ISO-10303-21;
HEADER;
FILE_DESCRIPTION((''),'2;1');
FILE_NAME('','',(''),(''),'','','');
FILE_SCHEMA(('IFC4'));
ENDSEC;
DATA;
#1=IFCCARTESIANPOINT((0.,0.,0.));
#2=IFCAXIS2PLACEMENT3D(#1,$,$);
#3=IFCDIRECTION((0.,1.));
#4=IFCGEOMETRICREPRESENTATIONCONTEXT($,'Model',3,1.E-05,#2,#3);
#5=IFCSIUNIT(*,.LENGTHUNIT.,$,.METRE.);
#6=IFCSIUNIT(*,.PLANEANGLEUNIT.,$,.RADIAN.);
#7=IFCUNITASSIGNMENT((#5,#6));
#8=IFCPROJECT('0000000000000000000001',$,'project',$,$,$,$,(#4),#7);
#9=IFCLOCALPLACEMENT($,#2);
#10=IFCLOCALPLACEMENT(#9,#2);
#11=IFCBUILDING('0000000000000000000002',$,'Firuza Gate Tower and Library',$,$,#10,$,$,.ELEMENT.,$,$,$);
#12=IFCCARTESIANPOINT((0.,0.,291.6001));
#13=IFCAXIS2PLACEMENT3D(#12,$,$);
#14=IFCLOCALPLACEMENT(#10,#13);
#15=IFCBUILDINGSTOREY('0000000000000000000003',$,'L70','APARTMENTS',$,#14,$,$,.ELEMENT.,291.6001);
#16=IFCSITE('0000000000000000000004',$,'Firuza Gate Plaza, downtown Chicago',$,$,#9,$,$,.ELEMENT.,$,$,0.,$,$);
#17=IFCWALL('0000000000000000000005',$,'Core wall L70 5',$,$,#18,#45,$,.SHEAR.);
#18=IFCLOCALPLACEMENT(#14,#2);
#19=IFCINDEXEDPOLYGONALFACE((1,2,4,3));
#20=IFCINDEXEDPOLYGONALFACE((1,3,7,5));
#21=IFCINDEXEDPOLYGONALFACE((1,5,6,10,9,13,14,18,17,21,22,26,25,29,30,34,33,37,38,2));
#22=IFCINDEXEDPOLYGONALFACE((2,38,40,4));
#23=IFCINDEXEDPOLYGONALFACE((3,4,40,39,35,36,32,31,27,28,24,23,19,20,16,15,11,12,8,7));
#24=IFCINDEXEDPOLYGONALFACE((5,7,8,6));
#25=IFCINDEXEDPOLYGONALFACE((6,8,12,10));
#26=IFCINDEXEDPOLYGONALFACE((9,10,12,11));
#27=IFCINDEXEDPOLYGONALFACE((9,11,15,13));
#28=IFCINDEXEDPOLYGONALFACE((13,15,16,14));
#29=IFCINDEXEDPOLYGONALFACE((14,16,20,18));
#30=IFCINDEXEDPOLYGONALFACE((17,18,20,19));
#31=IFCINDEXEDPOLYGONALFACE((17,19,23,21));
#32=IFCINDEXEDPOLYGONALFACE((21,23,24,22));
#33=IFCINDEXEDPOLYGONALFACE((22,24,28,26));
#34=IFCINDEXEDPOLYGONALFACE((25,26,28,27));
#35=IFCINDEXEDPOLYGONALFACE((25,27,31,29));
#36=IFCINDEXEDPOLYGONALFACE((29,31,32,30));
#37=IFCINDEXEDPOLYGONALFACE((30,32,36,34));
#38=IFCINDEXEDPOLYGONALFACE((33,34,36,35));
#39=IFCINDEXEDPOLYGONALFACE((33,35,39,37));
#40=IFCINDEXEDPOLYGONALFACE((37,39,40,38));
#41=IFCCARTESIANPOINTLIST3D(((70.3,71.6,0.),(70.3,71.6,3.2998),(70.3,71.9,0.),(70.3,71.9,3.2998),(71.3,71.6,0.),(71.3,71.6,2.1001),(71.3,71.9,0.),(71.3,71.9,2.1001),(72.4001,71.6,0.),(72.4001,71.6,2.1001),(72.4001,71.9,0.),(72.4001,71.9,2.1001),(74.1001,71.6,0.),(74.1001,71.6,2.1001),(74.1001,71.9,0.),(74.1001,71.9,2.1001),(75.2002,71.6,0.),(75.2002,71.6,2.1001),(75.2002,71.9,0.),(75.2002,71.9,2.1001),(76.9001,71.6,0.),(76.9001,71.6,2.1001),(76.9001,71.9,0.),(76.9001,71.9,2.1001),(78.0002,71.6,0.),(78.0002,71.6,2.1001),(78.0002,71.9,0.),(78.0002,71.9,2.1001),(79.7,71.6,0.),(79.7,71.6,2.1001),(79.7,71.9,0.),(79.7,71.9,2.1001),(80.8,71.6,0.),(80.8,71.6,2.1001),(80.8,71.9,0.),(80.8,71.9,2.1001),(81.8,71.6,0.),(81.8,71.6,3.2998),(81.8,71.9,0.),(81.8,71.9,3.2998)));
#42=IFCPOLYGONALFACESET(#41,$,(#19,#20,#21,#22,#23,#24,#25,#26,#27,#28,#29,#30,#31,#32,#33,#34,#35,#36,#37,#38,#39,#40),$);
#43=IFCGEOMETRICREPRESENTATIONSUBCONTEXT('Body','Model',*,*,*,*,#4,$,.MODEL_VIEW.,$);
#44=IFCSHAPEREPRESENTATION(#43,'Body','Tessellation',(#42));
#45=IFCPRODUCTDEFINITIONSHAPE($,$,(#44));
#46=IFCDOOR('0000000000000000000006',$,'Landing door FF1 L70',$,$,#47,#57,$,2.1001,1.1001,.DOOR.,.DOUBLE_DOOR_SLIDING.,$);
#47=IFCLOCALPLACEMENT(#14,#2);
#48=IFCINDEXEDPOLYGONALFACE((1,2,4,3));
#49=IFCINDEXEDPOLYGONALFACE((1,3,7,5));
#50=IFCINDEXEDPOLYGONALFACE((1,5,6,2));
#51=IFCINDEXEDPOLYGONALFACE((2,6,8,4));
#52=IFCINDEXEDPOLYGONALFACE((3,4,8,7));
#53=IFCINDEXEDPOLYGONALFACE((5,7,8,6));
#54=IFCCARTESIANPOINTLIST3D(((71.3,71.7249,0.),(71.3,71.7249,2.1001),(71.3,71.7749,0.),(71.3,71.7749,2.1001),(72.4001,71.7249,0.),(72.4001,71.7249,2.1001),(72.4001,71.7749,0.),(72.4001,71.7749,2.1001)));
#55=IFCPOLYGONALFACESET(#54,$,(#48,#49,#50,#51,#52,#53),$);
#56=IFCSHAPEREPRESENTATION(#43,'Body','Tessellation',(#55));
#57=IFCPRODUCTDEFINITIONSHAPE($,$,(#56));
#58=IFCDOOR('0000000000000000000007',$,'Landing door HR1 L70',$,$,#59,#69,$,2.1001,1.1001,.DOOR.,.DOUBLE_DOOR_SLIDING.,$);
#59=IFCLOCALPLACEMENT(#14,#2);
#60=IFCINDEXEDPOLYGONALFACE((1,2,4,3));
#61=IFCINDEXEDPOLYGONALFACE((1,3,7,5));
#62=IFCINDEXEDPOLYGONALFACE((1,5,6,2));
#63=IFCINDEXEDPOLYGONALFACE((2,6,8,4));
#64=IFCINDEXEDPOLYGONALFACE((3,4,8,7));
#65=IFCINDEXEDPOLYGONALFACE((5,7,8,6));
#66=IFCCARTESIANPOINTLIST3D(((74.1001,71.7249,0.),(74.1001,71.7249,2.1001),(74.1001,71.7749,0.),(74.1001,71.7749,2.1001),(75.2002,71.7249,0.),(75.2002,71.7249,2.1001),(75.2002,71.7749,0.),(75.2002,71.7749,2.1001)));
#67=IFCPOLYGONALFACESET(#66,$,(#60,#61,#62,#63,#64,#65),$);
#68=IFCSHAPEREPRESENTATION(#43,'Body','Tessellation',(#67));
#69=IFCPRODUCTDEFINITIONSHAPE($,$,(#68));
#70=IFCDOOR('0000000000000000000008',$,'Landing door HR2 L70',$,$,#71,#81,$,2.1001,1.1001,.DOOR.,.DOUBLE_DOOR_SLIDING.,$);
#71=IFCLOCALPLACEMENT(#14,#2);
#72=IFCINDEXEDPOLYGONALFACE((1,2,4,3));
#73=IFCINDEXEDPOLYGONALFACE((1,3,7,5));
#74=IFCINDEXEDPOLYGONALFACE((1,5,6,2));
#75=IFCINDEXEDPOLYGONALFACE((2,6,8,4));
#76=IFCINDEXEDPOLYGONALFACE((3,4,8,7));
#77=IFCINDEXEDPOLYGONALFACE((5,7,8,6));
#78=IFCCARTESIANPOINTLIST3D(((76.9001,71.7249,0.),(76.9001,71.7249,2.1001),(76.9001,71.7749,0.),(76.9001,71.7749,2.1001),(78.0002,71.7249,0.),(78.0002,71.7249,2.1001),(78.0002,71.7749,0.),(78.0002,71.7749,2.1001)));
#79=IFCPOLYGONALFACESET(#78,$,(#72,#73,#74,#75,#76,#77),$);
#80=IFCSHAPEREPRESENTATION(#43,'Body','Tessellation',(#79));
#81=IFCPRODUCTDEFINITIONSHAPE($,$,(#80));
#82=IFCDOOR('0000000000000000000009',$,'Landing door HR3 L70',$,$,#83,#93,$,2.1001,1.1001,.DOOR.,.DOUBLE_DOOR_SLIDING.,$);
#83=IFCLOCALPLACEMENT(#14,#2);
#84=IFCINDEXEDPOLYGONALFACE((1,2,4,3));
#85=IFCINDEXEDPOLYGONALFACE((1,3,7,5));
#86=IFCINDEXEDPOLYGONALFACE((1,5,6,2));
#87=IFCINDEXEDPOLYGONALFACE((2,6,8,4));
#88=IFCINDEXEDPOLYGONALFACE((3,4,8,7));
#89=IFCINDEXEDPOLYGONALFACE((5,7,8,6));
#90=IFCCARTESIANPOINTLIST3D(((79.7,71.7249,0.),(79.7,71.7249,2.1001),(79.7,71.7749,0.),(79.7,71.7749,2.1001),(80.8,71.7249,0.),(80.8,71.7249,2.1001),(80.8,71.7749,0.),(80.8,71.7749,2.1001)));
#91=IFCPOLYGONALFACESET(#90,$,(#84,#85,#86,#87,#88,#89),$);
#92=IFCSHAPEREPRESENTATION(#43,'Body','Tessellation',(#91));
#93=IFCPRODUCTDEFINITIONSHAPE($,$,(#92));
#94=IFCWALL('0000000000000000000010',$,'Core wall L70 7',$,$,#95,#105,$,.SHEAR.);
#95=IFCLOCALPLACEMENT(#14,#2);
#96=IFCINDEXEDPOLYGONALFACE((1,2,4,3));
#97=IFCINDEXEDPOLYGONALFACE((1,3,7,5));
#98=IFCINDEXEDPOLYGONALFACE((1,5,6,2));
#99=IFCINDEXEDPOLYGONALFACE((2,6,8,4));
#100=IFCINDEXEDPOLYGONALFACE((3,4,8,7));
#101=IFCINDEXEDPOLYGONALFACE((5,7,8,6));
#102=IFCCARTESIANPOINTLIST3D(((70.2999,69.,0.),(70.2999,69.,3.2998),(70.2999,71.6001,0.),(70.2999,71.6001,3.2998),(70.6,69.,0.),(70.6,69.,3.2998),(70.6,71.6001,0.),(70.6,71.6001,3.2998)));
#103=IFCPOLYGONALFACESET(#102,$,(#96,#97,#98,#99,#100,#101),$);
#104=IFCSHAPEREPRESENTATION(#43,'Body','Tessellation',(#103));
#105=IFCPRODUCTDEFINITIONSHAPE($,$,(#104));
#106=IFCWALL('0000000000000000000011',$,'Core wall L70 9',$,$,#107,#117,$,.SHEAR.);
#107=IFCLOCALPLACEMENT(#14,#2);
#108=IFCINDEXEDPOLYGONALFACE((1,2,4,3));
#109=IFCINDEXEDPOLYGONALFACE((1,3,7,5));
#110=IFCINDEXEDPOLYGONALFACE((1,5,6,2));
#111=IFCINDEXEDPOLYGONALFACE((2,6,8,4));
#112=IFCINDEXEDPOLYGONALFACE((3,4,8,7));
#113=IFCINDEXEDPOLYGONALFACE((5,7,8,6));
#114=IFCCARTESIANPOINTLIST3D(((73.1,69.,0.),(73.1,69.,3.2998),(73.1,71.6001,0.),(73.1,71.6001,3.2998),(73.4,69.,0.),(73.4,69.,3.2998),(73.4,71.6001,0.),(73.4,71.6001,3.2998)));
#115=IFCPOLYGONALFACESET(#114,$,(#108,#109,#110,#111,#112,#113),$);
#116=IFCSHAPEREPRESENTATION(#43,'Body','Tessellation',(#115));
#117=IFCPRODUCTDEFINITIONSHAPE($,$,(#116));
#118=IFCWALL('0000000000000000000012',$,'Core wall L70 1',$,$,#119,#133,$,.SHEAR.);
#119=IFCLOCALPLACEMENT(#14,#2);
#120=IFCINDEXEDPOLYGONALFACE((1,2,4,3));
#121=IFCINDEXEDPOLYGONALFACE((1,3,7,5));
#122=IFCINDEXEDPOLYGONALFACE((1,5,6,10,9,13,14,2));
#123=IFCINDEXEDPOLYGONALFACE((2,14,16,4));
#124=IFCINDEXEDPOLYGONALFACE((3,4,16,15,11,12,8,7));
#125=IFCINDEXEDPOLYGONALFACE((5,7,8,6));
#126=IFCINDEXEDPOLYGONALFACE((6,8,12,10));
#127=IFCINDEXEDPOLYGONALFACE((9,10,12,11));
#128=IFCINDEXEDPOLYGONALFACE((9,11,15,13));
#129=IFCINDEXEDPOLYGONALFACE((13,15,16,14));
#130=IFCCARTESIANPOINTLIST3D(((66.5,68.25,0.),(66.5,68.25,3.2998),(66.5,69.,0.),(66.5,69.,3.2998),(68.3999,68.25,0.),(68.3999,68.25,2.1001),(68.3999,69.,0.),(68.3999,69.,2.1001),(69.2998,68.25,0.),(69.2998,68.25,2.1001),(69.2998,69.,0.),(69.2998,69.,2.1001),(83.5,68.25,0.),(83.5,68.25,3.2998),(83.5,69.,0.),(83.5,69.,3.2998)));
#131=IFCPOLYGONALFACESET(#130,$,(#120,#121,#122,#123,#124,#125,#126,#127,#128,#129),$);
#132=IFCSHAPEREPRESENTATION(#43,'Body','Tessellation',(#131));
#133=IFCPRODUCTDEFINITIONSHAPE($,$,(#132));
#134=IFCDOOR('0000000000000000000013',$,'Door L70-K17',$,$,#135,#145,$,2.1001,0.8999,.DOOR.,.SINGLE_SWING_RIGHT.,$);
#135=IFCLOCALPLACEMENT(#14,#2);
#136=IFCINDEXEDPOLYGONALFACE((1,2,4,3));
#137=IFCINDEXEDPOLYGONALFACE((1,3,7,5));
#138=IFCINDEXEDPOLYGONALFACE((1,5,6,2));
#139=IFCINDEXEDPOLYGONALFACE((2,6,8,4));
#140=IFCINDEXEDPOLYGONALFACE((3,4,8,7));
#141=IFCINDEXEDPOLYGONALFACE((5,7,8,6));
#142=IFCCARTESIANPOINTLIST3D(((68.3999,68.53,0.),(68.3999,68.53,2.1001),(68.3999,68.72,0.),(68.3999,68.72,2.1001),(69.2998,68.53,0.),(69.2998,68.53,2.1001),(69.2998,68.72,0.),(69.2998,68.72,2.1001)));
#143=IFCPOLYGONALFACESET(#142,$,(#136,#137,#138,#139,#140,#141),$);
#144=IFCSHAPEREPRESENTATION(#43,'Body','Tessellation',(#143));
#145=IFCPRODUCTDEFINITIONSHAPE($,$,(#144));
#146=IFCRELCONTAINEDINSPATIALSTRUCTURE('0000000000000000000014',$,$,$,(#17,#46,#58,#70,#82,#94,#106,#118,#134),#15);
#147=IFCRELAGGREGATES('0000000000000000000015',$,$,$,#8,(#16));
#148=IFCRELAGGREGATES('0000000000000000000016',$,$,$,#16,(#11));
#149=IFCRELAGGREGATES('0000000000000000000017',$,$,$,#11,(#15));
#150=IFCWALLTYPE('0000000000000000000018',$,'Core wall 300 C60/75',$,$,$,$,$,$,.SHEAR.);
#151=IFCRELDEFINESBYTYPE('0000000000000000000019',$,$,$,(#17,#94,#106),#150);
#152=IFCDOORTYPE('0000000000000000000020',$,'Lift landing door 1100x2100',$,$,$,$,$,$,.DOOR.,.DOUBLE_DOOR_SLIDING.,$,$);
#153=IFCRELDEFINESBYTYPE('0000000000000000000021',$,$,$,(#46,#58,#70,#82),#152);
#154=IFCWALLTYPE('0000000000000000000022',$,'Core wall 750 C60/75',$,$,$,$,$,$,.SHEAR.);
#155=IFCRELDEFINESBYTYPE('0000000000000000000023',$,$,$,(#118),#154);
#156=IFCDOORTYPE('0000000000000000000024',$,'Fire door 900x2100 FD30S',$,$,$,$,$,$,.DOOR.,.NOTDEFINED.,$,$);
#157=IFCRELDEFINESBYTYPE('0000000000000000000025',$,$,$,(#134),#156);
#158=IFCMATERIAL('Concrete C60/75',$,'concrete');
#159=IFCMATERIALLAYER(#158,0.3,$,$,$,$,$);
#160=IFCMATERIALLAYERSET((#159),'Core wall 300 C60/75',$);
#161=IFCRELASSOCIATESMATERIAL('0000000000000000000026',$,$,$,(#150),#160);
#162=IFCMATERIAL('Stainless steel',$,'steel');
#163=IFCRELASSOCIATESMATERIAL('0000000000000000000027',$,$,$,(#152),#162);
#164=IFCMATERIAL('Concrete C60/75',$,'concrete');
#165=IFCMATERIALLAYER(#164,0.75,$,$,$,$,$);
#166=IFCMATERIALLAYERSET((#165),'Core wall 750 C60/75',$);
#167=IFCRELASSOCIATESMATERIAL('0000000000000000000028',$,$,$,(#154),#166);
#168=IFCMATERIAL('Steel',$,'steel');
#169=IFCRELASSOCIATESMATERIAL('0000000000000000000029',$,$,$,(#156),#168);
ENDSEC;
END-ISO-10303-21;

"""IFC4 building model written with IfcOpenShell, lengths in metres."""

from ifc_helpers import new_model, si_unit, direction, frame, frame_2d, origin, place, context, subcontext, project, spatial, rectangle, extrude, material, layer, layer_set, type_object, element, fill, save


model = new_model("IFC4")

# Units and contexts
model_context = context("Model", 3, precision=1e-05, world=origin(), true_north=direction((0.0, 1.0)))
body_context = subcontext(model_context, "Body", "Model", "MODEL_VIEW")
ifc_project = project(units=[si_unit("LENGTHUNIT", "METRE"), si_unit("PLANEANGLEUNIT", "RADIAN")], contexts=[model_context])

# Site, building, storey
site_placement = place(None, origin())
site = spatial("IfcSite", under=ifc_project, at=site_placement, Name="Firuza Gate Plaza, downtown Chicago", CompositionType="ELEMENT", RefElevation=0.0)
building_placement = place(site_placement, origin())
building = spatial("IfcBuilding", under=site, at=building_placement, Name="Firuza Gate Tower and Library", CompositionType="ELEMENT")
storey_placement = place(building_placement, frame((0.0, 0.0, 291.6001)))
storey = spatial("IfcBuildingStorey", under=building, at=storey_placement, Name="L70", Description="APARTMENTS", CompositionType="ELEMENT", Elevation=291.6001)

# Wall, openings, doors
ifc_material_1 = material(Name="Concrete C60/75", Category="concrete")
ifc_layer_1 = layer(ifc_material_1, 0.3)
ifc_layer_set_1 = layer_set([ifc_layer_1], Name="Core wall 300 C60/75")
wall_type_1 = type_object("IfcWallType", Name="Core wall 300 C60/75", PredefinedType="SHEAR", material=ifc_layer_set_1)
wall_1_placement = place(storey_placement, frame((70.3, 71.75, 0.0), z_axis=(0.0, 0.0, 1.0), x_axis=(1.0, 0.0, 0.0)))
wall_1 = element("IfcWall", 1, at=wall_1_placement, inside=storey, type_object=wall_type_1, Name="Core wall L70 5", PredefinedType="SHEAR", context=body_context, shape_type="SweptSolid", body=[
    extrude(rectangle(XDim=11.5, YDim=0.3, at=frame_2d((5.75, 0.0))), origin(), (0.0, 0.0, 1.0), 3.2998),
])
opening_1_placement = place(wall_1_placement, frame((1.0, 0.0, 0.0)))
opening_1 = element("IfcOpeningElement", 2, at=opening_1_placement, cuts=wall_1, PredefinedType="OPENING", context=body_context, shape_type="SweptSolid", body=[
    extrude(rectangle(XDim=1.1001, YDim=2.1001, at=frame_2d((0.55, 1.05))), frame((0.0, 0.1602, 0.0), z_axis=(0.0, -1.0, 0.0), x_axis=(1.0, 0.0, 0.0)), (0.0, 0.0, 1.0), 0.3201),
])
opening_2_placement = place(wall_1_placement, frame((3.8, 0.0, 0.0)))
opening_2 = element("IfcOpeningElement", 3, at=opening_2_placement, cuts=wall_1, PredefinedType="OPENING", context=body_context, shape_type="SweptSolid", body=[
    extrude(rectangle(XDim=1.1001, YDim=2.1001, at=frame_2d((0.55, 1.05))), frame((0.0, 0.1602, 0.0), z_axis=(0.0, -1.0, 0.0), x_axis=(1.0, 0.0, 0.0)), (0.0, 0.0, 1.0), 0.3201),
])
opening_3_placement = place(wall_1_placement, frame((6.6001, 0.0, 0.0)))
opening_3 = element("IfcOpeningElement", 4, at=opening_3_placement, cuts=wall_1, PredefinedType="OPENING", context=body_context, shape_type="SweptSolid", body=[
    extrude(rectangle(XDim=1.1001, YDim=2.1001, at=frame_2d((0.55, 1.05))), frame((0.0, 0.1602, 0.0), z_axis=(0.0, -1.0, 0.0), x_axis=(1.0, 0.0, 0.0)), (0.0, 0.0, 1.0), 0.3201),
])
opening_4_placement = place(wall_1_placement, frame((9.3999, 0.0, 0.0)))
opening_4 = element("IfcOpeningElement", 5, at=opening_4_placement, cuts=wall_1, PredefinedType="OPENING", context=body_context, shape_type="SweptSolid", body=[
    extrude(rectangle(XDim=1.1001, YDim=2.1001, at=frame_2d((0.55, 1.05))), frame((0.0, 0.1602, 0.0), z_axis=(0.0, -1.0, 0.0), x_axis=(1.0, 0.0, 0.0)), (0.0, 0.0, 1.0), 0.3201),
])
ifc_material_2 = material(Name="Stainless steel", Category="steel")
door_type_1 = type_object("IfcDoorType", Name="Lift landing door 1100x2100", OperationType="DOUBLE_DOOR_SLIDING", PredefinedType="DOOR", material=ifc_material_2)
door_1_placement = place(opening_1_placement, origin())
door_1 = element("IfcDoor", 6, at=door_1_placement, inside=storey, type_object=door_type_1, Name="Landing door FF1 L70", OperationType="DOUBLE_DOOR_SLIDING", OverallHeight=2.1001, OverallWidth=1.1001, PredefinedType="DOOR", context=body_context, shape_type="SweptSolid", body=[
    extrude(rectangle(XDim=1.1001, YDim=2.1001, at=frame_2d((0.55, 1.05))), frame((0.0, 0.0249, 0.0), z_axis=(0.0, -1.0, 0.0), x_axis=(1.0, 0.0, 0.0)), (0.0, 0.0, 1.0), 0.05),
])
fill(opening_1, door_1)
door_2_placement = place(opening_2_placement, origin())
door_2 = element("IfcDoor", 7, at=door_2_placement, inside=storey, type_object=door_type_1, Name="Landing door HR1 L70", OperationType="DOUBLE_DOOR_SLIDING", OverallHeight=2.1001, OverallWidth=1.1001, PredefinedType="DOOR", context=body_context, shape_type="SweptSolid", body=[
    extrude(rectangle(XDim=1.1001, YDim=2.1001, at=frame_2d((0.55, 1.05))), frame((0.0, 0.0249, 0.0), z_axis=(0.0, -1.0, 0.0), x_axis=(1.0, 0.0, 0.0)), (0.0, 0.0, 1.0), 0.05),
])
fill(opening_2, door_2)
door_3_placement = place(opening_3_placement, origin())
door_3 = element("IfcDoor", 8, at=door_3_placement, inside=storey, type_object=door_type_1, Name="Landing door HR2 L70", OperationType="DOUBLE_DOOR_SLIDING", OverallHeight=2.1001, OverallWidth=1.1001, PredefinedType="DOOR", context=body_context, shape_type="SweptSolid", body=[
    extrude(rectangle(XDim=1.1001, YDim=2.1001, at=frame_2d((0.55, 1.05))), frame((0.0, 0.0249, 0.0), z_axis=(0.0, -1.0, 0.0), x_axis=(1.0, 0.0, 0.0)), (0.0, 0.0, 1.0), 0.05),
])
fill(opening_3, door_3)
door_4_placement = place(opening_4_placement, origin())
door_4 = element("IfcDoor", 9, at=door_4_placement, inside=storey, type_object=door_type_1, Name="Landing door HR3 L70", OperationType="DOUBLE_DOOR_SLIDING", OverallHeight=2.1001, OverallWidth=1.1001, PredefinedType="DOOR", context=body_context, shape_type="SweptSolid", body=[
    extrude(rectangle(XDim=1.1001, YDim=2.1001, at=frame_2d((0.55, 1.05))), frame((0.0, 0.0249, 0.0), z_axis=(0.0, -1.0, 0.0), x_axis=(1.0, 0.0, 0.0)), (0.0, 0.0, 1.0), 0.05),
])
fill(opening_4, door_4)

# Walls
for number, where, z_axis, x_axis, name in (
    (10, (70.45, 69.0, 0.0), (0.0, 0.0, 1.0), (0.0, 1.0, 0.0), "Core wall L70 7"),
    (11, (73.25, 69.0, 0.0), (0.0, 0.0, 1.0), (0.0, 1.0, 0.0), "Core wall L70 9"),
):
    element("IfcWall", number, at=place(storey_placement, frame(where, z_axis=z_axis, x_axis=x_axis)), inside=storey, type_object=wall_type_1, Name=name, PredefinedType="SHEAR", context=body_context, shape_type="SweptSolid", body=[
        extrude(rectangle(XDim=2.6001, YDim=0.3, at=frame_2d((1.3, 0.0))), origin(), (0.0, 0.0, 1.0), 3.2998),
    ])

# Wall, opening, door
ifc_material_3 = material(Name="Concrete C60/75", Category="concrete")
ifc_layer_2 = layer(ifc_material_3, 0.75)
ifc_layer_set_2 = layer_set([ifc_layer_2], Name="Core wall 750 C60/75")
wall_type_2 = type_object("IfcWallType", Name="Core wall 750 C60/75", PredefinedType="SHEAR", material=ifc_layer_set_2)
wall_2_placement = place(storey_placement, frame((66.5, 68.625, 0.0), z_axis=(0.0, 0.0, 1.0), x_axis=(1.0, 0.0, 0.0)))
wall_2 = element("IfcWall", 12, at=wall_2_placement, inside=storey, type_object=wall_type_2, Name="Core wall L70 1", PredefinedType="SHEAR", context=body_context, shape_type="SweptSolid", body=[
    extrude(rectangle(XDim=17.0, YDim=0.75, at=frame_2d((8.5, 0.0))), origin(), (0.0, 0.0, 1.0), 3.2998),
])
opening_5_placement = place(wall_2_placement, frame((1.8999, 0.0, 0.0)))
opening_5 = element("IfcOpeningElement", 13, at=opening_5_placement, cuts=wall_2, PredefinedType="OPENING", context=body_context, shape_type="SweptSolid", body=[
    extrude(rectangle(XDim=0.8999, YDim=2.1001, at=frame_2d((0.45, 1.05))), frame((0.0, 0.385, 0.0), z_axis=(0.0, -1.0, 0.0), x_axis=(1.0, 0.0, 0.0)), (0.0, 0.0, 1.0), 0.77),
])
ifc_material_4 = material(Name="Steel", Category="steel")
door_type_2 = type_object("IfcDoorType", Name="Fire door 900x2100 FD30S", OperationType="NOTDEFINED", PredefinedType="DOOR", material=ifc_material_4)
door_5_placement = place(opening_5_placement, origin())
door_5 = element("IfcDoor", 14, at=door_5_placement, inside=storey, type_object=door_type_2, Name="Door L70-K17", OperationType="SINGLE_SWING_RIGHT", OverallHeight=2.1001, OverallWidth=0.8999, PredefinedType="DOOR", context=body_context, shape_type="SweptSolid", body=[
    extrude(rectangle(XDim=0.8999, YDim=2.1001, at=frame_2d((0.45, 1.05))), frame((0.0, 0.095, 0.0), z_axis=(0.0, -1.0, 0.0), x_axis=(1.0, 0.0, 0.0)), (0.0, 0.0, 1.0), 0.1899),
])
fill(opening_5, door_5)

save(model, "model.ifc")
